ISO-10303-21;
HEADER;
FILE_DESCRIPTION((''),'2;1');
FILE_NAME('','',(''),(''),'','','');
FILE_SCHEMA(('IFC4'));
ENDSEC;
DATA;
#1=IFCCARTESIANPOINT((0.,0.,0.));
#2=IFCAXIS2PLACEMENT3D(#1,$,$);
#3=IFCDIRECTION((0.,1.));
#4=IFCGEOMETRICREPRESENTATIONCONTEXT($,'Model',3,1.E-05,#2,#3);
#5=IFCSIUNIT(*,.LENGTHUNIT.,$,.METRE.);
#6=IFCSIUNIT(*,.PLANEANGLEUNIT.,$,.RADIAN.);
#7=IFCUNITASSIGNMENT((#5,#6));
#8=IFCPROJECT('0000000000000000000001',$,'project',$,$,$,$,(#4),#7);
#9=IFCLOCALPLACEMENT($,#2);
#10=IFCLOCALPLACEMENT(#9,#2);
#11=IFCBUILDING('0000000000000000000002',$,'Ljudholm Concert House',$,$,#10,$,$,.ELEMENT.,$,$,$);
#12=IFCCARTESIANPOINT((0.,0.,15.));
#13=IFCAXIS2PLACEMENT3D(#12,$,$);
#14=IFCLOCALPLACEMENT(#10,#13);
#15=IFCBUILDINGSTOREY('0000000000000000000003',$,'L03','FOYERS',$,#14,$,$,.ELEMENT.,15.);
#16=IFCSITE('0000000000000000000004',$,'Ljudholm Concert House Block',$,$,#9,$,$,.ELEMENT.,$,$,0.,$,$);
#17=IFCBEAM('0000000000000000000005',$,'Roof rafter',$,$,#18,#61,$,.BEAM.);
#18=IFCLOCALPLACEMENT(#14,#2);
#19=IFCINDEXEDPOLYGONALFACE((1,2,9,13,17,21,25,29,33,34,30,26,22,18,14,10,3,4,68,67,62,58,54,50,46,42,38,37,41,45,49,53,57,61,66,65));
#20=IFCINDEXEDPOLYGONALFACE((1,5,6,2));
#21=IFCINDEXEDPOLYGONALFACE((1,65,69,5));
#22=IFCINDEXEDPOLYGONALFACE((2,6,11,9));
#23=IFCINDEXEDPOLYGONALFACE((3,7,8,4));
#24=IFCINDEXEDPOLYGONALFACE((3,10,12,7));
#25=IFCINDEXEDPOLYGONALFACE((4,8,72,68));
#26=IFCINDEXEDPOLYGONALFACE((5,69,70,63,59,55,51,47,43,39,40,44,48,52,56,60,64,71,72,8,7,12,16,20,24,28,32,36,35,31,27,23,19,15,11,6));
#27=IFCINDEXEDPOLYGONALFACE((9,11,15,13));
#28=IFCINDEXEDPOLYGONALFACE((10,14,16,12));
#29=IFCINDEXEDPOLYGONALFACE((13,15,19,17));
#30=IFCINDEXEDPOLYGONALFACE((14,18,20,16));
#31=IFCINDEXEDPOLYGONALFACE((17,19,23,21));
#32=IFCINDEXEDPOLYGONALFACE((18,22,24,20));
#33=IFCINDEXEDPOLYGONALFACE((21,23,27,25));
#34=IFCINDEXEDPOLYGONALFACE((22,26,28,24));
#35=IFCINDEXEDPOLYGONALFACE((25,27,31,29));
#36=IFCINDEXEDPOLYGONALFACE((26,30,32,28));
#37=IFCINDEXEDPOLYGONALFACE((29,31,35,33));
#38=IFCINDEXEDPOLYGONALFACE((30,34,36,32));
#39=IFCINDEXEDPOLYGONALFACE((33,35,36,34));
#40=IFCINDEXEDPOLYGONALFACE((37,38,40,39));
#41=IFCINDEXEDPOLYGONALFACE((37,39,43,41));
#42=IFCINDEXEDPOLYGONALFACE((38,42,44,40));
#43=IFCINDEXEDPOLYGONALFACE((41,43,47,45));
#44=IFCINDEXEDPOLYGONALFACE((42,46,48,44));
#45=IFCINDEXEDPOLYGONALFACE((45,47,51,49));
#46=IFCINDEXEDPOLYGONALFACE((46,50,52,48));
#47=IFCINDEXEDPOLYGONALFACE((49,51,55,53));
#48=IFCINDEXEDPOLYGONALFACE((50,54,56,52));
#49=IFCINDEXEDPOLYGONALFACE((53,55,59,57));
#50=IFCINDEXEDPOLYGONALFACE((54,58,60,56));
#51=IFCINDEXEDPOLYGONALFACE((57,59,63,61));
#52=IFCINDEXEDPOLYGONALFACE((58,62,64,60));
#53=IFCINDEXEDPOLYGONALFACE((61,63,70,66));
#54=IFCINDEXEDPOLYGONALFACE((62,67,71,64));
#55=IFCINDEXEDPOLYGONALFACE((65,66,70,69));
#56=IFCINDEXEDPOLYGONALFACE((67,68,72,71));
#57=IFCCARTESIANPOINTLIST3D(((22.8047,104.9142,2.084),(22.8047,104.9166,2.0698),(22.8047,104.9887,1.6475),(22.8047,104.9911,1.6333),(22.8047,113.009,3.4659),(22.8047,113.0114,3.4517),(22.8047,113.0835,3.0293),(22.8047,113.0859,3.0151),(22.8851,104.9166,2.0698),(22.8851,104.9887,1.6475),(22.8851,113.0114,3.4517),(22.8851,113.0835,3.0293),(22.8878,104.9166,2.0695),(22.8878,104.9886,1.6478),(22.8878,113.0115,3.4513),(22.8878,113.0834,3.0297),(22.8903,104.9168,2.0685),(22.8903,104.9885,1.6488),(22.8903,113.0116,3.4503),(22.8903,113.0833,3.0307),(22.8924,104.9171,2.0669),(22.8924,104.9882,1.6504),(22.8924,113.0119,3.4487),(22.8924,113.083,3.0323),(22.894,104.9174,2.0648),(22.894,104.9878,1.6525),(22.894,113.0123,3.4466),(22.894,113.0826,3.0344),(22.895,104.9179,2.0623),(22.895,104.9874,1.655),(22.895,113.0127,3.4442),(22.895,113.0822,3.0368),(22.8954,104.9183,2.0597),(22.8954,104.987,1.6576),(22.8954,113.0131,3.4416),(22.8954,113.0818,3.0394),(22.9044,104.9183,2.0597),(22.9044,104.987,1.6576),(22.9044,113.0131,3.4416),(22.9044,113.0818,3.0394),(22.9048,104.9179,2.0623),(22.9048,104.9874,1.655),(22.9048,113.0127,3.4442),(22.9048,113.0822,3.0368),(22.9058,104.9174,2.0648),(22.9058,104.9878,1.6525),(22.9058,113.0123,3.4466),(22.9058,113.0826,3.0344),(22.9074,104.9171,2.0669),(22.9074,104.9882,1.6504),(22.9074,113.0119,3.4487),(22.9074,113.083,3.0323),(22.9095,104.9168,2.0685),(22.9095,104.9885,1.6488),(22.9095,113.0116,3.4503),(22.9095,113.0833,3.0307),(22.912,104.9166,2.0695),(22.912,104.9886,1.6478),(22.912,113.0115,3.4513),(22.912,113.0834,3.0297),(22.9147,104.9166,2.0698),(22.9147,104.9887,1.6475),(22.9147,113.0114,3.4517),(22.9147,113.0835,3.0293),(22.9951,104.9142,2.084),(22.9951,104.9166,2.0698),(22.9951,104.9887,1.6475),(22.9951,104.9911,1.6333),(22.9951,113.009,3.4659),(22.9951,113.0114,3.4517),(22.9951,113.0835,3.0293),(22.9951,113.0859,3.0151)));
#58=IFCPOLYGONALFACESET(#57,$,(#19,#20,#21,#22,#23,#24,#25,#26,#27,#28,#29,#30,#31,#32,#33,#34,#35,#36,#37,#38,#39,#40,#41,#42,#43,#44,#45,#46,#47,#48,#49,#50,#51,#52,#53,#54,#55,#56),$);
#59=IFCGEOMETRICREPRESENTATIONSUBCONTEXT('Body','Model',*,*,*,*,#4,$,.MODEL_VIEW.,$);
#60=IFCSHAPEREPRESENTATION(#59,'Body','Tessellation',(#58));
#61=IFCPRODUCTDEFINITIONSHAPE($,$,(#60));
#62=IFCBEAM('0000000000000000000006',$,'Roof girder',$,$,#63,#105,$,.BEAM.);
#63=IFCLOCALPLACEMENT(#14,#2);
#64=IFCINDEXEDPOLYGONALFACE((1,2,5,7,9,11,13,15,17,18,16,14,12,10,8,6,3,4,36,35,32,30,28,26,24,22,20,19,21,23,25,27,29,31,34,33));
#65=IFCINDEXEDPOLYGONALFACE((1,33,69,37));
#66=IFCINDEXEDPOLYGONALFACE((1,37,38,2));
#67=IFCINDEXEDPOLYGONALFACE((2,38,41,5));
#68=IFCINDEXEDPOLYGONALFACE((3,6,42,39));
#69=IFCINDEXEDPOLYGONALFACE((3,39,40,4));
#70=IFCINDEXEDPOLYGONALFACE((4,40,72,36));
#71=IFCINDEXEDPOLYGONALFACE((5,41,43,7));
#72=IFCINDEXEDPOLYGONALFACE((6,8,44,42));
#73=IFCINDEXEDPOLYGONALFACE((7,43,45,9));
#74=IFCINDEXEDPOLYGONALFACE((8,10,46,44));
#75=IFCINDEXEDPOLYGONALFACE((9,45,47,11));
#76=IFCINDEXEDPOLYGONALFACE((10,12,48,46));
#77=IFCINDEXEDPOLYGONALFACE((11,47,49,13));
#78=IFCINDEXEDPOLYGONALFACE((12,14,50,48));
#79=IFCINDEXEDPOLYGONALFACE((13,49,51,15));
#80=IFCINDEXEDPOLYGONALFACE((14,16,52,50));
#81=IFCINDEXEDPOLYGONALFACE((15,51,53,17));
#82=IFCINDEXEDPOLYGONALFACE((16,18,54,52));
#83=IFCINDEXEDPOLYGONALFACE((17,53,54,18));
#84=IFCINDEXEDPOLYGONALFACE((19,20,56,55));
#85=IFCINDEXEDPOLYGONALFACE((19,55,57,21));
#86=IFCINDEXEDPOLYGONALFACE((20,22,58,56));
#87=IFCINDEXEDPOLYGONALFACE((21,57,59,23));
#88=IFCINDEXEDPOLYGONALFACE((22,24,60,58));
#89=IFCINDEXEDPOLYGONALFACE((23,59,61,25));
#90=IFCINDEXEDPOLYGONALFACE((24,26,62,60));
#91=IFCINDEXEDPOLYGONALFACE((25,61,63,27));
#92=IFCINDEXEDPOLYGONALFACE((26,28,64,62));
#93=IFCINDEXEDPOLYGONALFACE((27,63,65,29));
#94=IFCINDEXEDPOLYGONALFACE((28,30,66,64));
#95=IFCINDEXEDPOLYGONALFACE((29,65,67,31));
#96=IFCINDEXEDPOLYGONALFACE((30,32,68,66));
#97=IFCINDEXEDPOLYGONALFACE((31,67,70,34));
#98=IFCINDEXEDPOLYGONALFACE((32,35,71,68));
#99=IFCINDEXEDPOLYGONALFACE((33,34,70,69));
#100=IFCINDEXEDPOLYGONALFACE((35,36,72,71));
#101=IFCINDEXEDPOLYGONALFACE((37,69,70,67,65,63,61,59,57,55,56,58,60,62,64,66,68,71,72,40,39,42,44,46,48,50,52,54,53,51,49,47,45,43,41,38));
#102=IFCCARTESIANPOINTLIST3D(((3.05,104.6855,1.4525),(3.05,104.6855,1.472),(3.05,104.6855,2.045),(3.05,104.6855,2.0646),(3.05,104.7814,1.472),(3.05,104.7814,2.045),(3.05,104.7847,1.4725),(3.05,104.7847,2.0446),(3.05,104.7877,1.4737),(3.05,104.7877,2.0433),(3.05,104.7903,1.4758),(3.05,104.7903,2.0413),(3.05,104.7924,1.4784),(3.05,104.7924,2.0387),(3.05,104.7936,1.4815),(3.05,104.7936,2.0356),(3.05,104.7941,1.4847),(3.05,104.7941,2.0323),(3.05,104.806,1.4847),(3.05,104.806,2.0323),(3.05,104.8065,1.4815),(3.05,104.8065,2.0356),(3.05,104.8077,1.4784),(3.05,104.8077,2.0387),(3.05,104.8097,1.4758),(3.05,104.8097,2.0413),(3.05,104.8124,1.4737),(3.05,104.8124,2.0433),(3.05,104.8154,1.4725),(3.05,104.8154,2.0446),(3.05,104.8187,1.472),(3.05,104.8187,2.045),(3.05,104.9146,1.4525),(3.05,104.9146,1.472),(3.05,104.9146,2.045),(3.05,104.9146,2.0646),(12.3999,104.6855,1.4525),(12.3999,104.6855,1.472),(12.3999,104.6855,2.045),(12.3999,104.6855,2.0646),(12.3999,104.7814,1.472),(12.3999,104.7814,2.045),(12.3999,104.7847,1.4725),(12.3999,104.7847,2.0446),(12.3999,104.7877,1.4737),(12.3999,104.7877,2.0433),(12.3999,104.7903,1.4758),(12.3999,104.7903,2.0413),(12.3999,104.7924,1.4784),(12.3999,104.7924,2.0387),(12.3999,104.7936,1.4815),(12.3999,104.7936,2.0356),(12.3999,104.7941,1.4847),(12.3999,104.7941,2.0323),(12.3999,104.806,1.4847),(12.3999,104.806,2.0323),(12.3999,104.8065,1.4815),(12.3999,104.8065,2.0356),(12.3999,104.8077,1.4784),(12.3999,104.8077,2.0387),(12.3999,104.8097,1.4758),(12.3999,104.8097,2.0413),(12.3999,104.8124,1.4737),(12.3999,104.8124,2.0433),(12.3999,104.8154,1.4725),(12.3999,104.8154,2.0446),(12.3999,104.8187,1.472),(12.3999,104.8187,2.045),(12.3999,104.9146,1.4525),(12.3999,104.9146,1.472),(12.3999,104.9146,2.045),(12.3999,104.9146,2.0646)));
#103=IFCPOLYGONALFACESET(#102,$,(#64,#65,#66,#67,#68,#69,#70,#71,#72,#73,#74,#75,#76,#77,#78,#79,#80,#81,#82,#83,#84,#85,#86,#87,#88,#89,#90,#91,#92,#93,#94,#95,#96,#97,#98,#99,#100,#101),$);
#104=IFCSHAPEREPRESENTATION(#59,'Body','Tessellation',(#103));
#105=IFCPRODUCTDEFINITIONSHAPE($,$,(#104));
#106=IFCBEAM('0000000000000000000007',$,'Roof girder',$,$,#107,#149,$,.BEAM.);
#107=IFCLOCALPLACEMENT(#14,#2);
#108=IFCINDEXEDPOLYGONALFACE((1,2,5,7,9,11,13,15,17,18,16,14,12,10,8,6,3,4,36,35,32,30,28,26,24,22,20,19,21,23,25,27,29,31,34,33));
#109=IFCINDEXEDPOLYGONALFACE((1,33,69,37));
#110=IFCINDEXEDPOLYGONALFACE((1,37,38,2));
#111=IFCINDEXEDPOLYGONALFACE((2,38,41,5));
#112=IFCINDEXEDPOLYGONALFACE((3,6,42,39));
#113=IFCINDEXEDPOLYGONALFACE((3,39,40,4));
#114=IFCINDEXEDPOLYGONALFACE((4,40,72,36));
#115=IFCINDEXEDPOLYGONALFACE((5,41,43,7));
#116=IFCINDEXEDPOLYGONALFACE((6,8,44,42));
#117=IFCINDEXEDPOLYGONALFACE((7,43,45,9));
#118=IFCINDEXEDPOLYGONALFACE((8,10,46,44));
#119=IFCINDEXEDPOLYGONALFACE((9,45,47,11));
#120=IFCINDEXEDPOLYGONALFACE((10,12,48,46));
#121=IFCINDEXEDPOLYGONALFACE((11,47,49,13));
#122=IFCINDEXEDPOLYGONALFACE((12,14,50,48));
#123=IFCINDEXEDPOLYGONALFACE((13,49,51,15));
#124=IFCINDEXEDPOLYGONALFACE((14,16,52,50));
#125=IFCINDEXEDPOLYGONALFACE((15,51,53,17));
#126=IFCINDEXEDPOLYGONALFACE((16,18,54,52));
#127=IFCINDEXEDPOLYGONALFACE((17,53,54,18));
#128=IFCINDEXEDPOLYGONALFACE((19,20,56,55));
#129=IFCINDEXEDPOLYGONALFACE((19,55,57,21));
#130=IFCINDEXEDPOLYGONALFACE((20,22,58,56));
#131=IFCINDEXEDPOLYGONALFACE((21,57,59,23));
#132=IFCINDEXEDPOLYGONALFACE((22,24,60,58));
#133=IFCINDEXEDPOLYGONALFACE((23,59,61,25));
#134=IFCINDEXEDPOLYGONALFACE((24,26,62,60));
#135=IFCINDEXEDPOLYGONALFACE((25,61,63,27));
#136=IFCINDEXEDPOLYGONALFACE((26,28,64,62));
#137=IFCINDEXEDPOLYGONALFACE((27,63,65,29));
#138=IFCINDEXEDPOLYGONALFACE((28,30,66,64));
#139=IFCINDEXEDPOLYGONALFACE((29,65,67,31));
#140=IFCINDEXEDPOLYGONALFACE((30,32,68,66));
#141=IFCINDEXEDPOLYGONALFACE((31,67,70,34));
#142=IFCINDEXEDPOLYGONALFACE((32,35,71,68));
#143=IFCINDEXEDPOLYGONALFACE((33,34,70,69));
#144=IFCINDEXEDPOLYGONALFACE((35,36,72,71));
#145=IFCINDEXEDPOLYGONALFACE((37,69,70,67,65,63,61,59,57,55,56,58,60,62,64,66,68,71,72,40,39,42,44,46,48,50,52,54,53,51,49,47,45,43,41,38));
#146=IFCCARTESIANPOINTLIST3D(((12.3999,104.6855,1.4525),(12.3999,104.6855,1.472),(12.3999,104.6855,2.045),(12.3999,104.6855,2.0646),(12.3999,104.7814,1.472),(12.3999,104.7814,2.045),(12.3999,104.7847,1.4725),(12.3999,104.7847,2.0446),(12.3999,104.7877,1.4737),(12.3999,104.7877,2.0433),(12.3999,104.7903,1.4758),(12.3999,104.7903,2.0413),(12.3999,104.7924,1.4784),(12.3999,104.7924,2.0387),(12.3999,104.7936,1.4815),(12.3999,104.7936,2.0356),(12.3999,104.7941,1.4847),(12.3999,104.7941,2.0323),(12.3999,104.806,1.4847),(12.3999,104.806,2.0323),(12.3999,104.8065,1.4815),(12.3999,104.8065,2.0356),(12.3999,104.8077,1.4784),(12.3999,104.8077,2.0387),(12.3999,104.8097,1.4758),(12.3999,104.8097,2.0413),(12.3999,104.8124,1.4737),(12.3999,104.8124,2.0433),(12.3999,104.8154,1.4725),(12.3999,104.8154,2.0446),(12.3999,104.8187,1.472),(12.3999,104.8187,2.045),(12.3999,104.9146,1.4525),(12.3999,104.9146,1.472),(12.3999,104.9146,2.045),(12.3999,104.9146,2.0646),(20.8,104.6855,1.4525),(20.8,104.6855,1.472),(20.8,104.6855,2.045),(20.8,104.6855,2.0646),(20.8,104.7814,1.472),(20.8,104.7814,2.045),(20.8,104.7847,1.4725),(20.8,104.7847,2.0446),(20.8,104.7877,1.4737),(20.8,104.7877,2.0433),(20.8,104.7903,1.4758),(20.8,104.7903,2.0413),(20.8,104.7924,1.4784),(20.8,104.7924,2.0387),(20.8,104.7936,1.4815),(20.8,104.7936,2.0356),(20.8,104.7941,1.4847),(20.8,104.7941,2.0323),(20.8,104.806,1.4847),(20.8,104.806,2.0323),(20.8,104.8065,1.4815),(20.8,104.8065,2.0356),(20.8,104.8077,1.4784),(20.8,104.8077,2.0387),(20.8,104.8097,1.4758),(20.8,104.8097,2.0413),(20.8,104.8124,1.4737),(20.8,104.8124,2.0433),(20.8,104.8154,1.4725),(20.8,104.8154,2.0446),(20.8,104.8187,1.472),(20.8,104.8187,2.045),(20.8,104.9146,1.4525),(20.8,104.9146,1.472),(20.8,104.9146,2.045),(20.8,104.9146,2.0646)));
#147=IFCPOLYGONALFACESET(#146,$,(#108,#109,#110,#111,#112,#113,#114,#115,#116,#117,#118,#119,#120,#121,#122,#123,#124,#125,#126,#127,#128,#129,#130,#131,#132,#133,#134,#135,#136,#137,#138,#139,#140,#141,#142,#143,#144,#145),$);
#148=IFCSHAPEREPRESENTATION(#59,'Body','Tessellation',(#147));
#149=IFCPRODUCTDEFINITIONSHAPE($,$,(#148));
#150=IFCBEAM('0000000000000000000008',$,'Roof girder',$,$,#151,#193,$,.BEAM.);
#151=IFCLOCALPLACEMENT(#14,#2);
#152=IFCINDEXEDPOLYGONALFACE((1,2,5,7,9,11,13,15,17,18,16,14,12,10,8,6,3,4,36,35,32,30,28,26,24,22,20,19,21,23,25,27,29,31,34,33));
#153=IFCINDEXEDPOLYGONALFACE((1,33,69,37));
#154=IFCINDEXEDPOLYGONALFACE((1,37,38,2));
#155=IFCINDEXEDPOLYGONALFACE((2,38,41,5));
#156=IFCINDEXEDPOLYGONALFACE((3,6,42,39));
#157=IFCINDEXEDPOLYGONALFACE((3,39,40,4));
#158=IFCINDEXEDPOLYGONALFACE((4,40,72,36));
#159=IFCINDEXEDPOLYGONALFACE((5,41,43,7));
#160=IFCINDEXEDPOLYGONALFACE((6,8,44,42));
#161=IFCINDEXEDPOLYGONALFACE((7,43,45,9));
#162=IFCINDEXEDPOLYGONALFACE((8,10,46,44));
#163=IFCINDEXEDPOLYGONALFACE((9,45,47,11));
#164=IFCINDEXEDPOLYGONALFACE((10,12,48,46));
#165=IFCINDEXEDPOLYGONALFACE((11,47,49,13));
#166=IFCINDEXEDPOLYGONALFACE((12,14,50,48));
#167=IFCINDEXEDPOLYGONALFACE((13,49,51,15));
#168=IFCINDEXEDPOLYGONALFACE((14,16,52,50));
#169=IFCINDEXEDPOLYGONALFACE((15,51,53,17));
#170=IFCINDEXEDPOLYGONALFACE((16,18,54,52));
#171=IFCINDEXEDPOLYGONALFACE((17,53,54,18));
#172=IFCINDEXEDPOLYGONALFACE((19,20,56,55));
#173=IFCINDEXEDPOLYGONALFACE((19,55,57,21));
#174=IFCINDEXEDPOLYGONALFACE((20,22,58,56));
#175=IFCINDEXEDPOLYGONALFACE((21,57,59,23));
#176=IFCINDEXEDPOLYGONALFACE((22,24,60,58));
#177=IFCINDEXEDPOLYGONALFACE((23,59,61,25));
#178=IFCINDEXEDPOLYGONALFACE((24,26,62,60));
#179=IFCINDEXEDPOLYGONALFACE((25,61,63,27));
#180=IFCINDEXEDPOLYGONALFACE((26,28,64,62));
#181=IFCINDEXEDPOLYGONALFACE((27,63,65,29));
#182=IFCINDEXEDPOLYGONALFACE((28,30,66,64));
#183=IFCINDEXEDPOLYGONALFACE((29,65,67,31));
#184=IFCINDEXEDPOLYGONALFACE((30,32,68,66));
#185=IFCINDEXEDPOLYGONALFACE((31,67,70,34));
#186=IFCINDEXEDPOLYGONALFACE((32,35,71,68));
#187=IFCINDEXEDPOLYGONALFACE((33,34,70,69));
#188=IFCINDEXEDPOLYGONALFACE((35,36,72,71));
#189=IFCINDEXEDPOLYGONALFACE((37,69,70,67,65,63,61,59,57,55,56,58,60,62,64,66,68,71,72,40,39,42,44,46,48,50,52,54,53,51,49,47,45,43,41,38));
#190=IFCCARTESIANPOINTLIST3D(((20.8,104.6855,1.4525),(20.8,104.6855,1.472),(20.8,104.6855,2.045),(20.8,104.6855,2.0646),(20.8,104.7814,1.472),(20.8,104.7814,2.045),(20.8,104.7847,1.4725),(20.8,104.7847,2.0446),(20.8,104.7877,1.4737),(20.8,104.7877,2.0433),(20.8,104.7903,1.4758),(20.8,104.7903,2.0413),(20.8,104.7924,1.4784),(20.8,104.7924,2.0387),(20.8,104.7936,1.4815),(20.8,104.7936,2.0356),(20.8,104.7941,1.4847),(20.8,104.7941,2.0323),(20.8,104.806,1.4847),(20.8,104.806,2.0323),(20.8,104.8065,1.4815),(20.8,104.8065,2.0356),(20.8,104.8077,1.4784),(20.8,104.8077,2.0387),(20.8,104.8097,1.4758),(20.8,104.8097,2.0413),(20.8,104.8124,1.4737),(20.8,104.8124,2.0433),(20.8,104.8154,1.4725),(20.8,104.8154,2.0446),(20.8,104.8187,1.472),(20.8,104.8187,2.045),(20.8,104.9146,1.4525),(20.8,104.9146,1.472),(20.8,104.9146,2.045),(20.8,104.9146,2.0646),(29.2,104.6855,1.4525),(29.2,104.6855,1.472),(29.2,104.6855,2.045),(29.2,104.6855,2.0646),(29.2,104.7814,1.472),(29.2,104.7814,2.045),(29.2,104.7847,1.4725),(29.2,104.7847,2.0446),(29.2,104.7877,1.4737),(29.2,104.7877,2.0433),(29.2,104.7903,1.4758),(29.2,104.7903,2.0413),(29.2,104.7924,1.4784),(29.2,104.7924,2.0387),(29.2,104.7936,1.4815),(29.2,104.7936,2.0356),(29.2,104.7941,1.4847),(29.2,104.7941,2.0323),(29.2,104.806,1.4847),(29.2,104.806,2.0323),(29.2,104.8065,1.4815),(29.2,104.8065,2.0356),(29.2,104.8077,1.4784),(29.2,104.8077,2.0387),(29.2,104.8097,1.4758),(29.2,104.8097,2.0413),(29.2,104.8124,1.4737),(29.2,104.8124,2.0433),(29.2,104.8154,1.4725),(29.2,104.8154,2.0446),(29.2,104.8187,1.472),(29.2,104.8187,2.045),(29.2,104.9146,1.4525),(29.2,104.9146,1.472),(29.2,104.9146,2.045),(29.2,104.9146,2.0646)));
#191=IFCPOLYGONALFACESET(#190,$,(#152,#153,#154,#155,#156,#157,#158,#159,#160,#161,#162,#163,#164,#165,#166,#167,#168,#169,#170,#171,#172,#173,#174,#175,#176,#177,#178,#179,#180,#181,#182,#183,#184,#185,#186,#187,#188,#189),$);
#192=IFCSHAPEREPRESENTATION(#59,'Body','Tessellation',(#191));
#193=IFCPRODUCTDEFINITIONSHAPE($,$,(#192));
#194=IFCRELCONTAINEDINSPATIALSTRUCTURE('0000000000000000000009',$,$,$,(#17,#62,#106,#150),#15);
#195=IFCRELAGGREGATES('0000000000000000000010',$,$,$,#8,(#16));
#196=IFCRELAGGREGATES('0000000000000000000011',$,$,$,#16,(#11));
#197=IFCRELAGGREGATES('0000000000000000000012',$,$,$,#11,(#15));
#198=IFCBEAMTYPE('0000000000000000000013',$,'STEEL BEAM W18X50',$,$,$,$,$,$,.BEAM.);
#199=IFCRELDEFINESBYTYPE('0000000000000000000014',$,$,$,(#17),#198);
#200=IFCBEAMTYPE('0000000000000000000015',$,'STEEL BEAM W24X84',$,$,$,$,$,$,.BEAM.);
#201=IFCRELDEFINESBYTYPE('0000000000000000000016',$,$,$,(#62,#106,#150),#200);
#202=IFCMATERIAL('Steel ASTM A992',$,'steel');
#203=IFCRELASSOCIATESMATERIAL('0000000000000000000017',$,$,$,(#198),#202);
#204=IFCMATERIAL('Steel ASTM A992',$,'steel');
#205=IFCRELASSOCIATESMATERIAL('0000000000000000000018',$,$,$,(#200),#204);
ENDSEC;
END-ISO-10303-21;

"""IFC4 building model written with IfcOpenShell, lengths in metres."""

from ifc_helpers import new_model, si_unit, direction, frame, origin, origin_2d, place, context, subcontext, project, spatial, i_section, extrude, material, material_profile, profile_set, type_object, element, save


model = new_model("IFC4")

# Units and contexts
model_context = context("Model", 3, precision=1e-05, world=origin(), true_north=direction((0.0, 1.0)))
body_context = subcontext(model_context, "Body", "Model", "MODEL_VIEW")
ifc_project = project(units=[si_unit("LENGTHUNIT", "METRE"), si_unit("PLANEANGLEUNIT", "RADIAN")], contexts=[model_context])

# Site, building, storey
site_placement = place(None, origin())
site = spatial("IfcSite", under=ifc_project, at=site_placement, Name="Ljudholm Concert House Block", CompositionType="ELEMENT", RefElevation=0.0)
building_placement = place(site_placement, origin())
building = spatial("IfcBuilding", under=site, at=building_placement, Name="Ljudholm Concert House", CompositionType="ELEMENT")
storey_placement = place(building_placement, frame((0.0, 0.0, 15.0)))
storey = spatial("IfcBuildingStorey", under=building, at=storey_placement, Name="L03", Description="FOYERS", CompositionType="ELEMENT", Elevation=15.0)

# Beams
ifc_material_1 = material(Name="Steel ASTM A992", Category="steel")
ifc_material_profile_1 = material_profile(ifc_material_1, i_section(OverallWidth=0.1904, OverallDepth=0.4573, WebThickness=0.009, FlangeThickness=0.0144, FilletRadius=0.0103, at=origin_2d()), Name="W18X50")
ifc_profile_set_1 = profile_set([ifc_material_profile_1], Name="Steel ASTM A992")
beam_type_1 = type_object("IfcBeamType", Name="STEEL BEAM W18X50", PredefinedType="BEAM", material=ifc_profile_set_1)
for number, where, z_axis, x_axis, name in (
    (1, (22.8999, 104.9526, 1.8586), (0.0, 0.98574, 0.168274), (-1.0, 0.0, 0.0), "Roof rafter"),
):
    element("IfcBeam", number, at=place(storey_placement, frame(where, z_axis=z_axis, x_axis=x_axis)), inside=storey, type_object=beam_type_1, Name=name, PredefinedType="BEAM", context=body_context, shape_type="SweptSolid", body=[
        extrude(i_section(OverallWidth=0.1904, OverallDepth=0.4573, WebThickness=0.009, FlangeThickness=0.0144, FilletRadius=0.0103, at=origin_2d()), origin(), (0.0, 0.0, 1.0), 8.2119),
    ])
ifc_material_2 = material(Name="Steel ASTM A992", Category="steel")
ifc_material_profile_2 = material_profile(ifc_material_2, i_section(OverallWidth=0.229, OverallDepth=0.6121, WebThickness=0.012, FlangeThickness=0.0195, FilletRadius=0.0127, at=origin_2d()), Name="W24X84")
ifc_profile_set_2 = profile_set([ifc_material_profile_2], Name="Steel ASTM A992")
beam_type_2 = type_object("IfcBeamType", Name="STEEL BEAM W24X84", PredefinedType="BEAM", material=ifc_profile_set_2)
beam_1_placement = place(storey_placement, frame((3.05, 104.8, 1.7585), z_axis=(1.0, 0.0, 0.0), x_axis=(0.0, 1.0, 0.0)))
element("IfcBeam", 2, at=beam_1_placement, inside=storey, type_object=beam_type_2, Name="Roof girder", PredefinedType="BEAM", context=body_context, shape_type="SweptSolid", body=[
    extrude(i_section(OverallWidth=0.229, OverallDepth=0.6121, WebThickness=0.012, FlangeThickness=0.0195, FilletRadius=0.0127, at=origin_2d()), origin(), (0.0, 0.0, 1.0), 9.3499),
])
beam_2_placement = place(storey_placement, frame((12.3999, 104.8, 1.7585), z_axis=(1.0, 0.0, 0.0), x_axis=(0.0, 1.0, 0.0)))
element("IfcBeam", 3, at=beam_2_placement, inside=storey, type_object=beam_type_2, Name="Roof girder", PredefinedType="BEAM", context=body_context, shape_type="SweptSolid", body=[
    extrude(i_section(OverallWidth=0.229, OverallDepth=0.6121, WebThickness=0.012, FlangeThickness=0.0195, FilletRadius=0.0127, at=origin_2d()), origin(), (0.0, 0.0, 1.0), 8.4001),
])
beam_3_placement = place(storey_placement, frame((20.8, 104.8, 1.7585), z_axis=(1.0, 0.0, 0.0), x_axis=(0.0, 1.0, 0.0)))
element("IfcBeam", 4, at=beam_3_placement, inside=storey, type_object=beam_type_2, Name="Roof girder", PredefinedType="BEAM", context=body_context, shape_type="SweptSolid", body=[
    extrude(i_section(OverallWidth=0.229, OverallDepth=0.6121, WebThickness=0.012, FlangeThickness=0.0195, FilletRadius=0.0127, at=origin_2d()), origin(), (0.0, 0.0, 1.0), 8.3999),
])

save(model, "model.ifc")
